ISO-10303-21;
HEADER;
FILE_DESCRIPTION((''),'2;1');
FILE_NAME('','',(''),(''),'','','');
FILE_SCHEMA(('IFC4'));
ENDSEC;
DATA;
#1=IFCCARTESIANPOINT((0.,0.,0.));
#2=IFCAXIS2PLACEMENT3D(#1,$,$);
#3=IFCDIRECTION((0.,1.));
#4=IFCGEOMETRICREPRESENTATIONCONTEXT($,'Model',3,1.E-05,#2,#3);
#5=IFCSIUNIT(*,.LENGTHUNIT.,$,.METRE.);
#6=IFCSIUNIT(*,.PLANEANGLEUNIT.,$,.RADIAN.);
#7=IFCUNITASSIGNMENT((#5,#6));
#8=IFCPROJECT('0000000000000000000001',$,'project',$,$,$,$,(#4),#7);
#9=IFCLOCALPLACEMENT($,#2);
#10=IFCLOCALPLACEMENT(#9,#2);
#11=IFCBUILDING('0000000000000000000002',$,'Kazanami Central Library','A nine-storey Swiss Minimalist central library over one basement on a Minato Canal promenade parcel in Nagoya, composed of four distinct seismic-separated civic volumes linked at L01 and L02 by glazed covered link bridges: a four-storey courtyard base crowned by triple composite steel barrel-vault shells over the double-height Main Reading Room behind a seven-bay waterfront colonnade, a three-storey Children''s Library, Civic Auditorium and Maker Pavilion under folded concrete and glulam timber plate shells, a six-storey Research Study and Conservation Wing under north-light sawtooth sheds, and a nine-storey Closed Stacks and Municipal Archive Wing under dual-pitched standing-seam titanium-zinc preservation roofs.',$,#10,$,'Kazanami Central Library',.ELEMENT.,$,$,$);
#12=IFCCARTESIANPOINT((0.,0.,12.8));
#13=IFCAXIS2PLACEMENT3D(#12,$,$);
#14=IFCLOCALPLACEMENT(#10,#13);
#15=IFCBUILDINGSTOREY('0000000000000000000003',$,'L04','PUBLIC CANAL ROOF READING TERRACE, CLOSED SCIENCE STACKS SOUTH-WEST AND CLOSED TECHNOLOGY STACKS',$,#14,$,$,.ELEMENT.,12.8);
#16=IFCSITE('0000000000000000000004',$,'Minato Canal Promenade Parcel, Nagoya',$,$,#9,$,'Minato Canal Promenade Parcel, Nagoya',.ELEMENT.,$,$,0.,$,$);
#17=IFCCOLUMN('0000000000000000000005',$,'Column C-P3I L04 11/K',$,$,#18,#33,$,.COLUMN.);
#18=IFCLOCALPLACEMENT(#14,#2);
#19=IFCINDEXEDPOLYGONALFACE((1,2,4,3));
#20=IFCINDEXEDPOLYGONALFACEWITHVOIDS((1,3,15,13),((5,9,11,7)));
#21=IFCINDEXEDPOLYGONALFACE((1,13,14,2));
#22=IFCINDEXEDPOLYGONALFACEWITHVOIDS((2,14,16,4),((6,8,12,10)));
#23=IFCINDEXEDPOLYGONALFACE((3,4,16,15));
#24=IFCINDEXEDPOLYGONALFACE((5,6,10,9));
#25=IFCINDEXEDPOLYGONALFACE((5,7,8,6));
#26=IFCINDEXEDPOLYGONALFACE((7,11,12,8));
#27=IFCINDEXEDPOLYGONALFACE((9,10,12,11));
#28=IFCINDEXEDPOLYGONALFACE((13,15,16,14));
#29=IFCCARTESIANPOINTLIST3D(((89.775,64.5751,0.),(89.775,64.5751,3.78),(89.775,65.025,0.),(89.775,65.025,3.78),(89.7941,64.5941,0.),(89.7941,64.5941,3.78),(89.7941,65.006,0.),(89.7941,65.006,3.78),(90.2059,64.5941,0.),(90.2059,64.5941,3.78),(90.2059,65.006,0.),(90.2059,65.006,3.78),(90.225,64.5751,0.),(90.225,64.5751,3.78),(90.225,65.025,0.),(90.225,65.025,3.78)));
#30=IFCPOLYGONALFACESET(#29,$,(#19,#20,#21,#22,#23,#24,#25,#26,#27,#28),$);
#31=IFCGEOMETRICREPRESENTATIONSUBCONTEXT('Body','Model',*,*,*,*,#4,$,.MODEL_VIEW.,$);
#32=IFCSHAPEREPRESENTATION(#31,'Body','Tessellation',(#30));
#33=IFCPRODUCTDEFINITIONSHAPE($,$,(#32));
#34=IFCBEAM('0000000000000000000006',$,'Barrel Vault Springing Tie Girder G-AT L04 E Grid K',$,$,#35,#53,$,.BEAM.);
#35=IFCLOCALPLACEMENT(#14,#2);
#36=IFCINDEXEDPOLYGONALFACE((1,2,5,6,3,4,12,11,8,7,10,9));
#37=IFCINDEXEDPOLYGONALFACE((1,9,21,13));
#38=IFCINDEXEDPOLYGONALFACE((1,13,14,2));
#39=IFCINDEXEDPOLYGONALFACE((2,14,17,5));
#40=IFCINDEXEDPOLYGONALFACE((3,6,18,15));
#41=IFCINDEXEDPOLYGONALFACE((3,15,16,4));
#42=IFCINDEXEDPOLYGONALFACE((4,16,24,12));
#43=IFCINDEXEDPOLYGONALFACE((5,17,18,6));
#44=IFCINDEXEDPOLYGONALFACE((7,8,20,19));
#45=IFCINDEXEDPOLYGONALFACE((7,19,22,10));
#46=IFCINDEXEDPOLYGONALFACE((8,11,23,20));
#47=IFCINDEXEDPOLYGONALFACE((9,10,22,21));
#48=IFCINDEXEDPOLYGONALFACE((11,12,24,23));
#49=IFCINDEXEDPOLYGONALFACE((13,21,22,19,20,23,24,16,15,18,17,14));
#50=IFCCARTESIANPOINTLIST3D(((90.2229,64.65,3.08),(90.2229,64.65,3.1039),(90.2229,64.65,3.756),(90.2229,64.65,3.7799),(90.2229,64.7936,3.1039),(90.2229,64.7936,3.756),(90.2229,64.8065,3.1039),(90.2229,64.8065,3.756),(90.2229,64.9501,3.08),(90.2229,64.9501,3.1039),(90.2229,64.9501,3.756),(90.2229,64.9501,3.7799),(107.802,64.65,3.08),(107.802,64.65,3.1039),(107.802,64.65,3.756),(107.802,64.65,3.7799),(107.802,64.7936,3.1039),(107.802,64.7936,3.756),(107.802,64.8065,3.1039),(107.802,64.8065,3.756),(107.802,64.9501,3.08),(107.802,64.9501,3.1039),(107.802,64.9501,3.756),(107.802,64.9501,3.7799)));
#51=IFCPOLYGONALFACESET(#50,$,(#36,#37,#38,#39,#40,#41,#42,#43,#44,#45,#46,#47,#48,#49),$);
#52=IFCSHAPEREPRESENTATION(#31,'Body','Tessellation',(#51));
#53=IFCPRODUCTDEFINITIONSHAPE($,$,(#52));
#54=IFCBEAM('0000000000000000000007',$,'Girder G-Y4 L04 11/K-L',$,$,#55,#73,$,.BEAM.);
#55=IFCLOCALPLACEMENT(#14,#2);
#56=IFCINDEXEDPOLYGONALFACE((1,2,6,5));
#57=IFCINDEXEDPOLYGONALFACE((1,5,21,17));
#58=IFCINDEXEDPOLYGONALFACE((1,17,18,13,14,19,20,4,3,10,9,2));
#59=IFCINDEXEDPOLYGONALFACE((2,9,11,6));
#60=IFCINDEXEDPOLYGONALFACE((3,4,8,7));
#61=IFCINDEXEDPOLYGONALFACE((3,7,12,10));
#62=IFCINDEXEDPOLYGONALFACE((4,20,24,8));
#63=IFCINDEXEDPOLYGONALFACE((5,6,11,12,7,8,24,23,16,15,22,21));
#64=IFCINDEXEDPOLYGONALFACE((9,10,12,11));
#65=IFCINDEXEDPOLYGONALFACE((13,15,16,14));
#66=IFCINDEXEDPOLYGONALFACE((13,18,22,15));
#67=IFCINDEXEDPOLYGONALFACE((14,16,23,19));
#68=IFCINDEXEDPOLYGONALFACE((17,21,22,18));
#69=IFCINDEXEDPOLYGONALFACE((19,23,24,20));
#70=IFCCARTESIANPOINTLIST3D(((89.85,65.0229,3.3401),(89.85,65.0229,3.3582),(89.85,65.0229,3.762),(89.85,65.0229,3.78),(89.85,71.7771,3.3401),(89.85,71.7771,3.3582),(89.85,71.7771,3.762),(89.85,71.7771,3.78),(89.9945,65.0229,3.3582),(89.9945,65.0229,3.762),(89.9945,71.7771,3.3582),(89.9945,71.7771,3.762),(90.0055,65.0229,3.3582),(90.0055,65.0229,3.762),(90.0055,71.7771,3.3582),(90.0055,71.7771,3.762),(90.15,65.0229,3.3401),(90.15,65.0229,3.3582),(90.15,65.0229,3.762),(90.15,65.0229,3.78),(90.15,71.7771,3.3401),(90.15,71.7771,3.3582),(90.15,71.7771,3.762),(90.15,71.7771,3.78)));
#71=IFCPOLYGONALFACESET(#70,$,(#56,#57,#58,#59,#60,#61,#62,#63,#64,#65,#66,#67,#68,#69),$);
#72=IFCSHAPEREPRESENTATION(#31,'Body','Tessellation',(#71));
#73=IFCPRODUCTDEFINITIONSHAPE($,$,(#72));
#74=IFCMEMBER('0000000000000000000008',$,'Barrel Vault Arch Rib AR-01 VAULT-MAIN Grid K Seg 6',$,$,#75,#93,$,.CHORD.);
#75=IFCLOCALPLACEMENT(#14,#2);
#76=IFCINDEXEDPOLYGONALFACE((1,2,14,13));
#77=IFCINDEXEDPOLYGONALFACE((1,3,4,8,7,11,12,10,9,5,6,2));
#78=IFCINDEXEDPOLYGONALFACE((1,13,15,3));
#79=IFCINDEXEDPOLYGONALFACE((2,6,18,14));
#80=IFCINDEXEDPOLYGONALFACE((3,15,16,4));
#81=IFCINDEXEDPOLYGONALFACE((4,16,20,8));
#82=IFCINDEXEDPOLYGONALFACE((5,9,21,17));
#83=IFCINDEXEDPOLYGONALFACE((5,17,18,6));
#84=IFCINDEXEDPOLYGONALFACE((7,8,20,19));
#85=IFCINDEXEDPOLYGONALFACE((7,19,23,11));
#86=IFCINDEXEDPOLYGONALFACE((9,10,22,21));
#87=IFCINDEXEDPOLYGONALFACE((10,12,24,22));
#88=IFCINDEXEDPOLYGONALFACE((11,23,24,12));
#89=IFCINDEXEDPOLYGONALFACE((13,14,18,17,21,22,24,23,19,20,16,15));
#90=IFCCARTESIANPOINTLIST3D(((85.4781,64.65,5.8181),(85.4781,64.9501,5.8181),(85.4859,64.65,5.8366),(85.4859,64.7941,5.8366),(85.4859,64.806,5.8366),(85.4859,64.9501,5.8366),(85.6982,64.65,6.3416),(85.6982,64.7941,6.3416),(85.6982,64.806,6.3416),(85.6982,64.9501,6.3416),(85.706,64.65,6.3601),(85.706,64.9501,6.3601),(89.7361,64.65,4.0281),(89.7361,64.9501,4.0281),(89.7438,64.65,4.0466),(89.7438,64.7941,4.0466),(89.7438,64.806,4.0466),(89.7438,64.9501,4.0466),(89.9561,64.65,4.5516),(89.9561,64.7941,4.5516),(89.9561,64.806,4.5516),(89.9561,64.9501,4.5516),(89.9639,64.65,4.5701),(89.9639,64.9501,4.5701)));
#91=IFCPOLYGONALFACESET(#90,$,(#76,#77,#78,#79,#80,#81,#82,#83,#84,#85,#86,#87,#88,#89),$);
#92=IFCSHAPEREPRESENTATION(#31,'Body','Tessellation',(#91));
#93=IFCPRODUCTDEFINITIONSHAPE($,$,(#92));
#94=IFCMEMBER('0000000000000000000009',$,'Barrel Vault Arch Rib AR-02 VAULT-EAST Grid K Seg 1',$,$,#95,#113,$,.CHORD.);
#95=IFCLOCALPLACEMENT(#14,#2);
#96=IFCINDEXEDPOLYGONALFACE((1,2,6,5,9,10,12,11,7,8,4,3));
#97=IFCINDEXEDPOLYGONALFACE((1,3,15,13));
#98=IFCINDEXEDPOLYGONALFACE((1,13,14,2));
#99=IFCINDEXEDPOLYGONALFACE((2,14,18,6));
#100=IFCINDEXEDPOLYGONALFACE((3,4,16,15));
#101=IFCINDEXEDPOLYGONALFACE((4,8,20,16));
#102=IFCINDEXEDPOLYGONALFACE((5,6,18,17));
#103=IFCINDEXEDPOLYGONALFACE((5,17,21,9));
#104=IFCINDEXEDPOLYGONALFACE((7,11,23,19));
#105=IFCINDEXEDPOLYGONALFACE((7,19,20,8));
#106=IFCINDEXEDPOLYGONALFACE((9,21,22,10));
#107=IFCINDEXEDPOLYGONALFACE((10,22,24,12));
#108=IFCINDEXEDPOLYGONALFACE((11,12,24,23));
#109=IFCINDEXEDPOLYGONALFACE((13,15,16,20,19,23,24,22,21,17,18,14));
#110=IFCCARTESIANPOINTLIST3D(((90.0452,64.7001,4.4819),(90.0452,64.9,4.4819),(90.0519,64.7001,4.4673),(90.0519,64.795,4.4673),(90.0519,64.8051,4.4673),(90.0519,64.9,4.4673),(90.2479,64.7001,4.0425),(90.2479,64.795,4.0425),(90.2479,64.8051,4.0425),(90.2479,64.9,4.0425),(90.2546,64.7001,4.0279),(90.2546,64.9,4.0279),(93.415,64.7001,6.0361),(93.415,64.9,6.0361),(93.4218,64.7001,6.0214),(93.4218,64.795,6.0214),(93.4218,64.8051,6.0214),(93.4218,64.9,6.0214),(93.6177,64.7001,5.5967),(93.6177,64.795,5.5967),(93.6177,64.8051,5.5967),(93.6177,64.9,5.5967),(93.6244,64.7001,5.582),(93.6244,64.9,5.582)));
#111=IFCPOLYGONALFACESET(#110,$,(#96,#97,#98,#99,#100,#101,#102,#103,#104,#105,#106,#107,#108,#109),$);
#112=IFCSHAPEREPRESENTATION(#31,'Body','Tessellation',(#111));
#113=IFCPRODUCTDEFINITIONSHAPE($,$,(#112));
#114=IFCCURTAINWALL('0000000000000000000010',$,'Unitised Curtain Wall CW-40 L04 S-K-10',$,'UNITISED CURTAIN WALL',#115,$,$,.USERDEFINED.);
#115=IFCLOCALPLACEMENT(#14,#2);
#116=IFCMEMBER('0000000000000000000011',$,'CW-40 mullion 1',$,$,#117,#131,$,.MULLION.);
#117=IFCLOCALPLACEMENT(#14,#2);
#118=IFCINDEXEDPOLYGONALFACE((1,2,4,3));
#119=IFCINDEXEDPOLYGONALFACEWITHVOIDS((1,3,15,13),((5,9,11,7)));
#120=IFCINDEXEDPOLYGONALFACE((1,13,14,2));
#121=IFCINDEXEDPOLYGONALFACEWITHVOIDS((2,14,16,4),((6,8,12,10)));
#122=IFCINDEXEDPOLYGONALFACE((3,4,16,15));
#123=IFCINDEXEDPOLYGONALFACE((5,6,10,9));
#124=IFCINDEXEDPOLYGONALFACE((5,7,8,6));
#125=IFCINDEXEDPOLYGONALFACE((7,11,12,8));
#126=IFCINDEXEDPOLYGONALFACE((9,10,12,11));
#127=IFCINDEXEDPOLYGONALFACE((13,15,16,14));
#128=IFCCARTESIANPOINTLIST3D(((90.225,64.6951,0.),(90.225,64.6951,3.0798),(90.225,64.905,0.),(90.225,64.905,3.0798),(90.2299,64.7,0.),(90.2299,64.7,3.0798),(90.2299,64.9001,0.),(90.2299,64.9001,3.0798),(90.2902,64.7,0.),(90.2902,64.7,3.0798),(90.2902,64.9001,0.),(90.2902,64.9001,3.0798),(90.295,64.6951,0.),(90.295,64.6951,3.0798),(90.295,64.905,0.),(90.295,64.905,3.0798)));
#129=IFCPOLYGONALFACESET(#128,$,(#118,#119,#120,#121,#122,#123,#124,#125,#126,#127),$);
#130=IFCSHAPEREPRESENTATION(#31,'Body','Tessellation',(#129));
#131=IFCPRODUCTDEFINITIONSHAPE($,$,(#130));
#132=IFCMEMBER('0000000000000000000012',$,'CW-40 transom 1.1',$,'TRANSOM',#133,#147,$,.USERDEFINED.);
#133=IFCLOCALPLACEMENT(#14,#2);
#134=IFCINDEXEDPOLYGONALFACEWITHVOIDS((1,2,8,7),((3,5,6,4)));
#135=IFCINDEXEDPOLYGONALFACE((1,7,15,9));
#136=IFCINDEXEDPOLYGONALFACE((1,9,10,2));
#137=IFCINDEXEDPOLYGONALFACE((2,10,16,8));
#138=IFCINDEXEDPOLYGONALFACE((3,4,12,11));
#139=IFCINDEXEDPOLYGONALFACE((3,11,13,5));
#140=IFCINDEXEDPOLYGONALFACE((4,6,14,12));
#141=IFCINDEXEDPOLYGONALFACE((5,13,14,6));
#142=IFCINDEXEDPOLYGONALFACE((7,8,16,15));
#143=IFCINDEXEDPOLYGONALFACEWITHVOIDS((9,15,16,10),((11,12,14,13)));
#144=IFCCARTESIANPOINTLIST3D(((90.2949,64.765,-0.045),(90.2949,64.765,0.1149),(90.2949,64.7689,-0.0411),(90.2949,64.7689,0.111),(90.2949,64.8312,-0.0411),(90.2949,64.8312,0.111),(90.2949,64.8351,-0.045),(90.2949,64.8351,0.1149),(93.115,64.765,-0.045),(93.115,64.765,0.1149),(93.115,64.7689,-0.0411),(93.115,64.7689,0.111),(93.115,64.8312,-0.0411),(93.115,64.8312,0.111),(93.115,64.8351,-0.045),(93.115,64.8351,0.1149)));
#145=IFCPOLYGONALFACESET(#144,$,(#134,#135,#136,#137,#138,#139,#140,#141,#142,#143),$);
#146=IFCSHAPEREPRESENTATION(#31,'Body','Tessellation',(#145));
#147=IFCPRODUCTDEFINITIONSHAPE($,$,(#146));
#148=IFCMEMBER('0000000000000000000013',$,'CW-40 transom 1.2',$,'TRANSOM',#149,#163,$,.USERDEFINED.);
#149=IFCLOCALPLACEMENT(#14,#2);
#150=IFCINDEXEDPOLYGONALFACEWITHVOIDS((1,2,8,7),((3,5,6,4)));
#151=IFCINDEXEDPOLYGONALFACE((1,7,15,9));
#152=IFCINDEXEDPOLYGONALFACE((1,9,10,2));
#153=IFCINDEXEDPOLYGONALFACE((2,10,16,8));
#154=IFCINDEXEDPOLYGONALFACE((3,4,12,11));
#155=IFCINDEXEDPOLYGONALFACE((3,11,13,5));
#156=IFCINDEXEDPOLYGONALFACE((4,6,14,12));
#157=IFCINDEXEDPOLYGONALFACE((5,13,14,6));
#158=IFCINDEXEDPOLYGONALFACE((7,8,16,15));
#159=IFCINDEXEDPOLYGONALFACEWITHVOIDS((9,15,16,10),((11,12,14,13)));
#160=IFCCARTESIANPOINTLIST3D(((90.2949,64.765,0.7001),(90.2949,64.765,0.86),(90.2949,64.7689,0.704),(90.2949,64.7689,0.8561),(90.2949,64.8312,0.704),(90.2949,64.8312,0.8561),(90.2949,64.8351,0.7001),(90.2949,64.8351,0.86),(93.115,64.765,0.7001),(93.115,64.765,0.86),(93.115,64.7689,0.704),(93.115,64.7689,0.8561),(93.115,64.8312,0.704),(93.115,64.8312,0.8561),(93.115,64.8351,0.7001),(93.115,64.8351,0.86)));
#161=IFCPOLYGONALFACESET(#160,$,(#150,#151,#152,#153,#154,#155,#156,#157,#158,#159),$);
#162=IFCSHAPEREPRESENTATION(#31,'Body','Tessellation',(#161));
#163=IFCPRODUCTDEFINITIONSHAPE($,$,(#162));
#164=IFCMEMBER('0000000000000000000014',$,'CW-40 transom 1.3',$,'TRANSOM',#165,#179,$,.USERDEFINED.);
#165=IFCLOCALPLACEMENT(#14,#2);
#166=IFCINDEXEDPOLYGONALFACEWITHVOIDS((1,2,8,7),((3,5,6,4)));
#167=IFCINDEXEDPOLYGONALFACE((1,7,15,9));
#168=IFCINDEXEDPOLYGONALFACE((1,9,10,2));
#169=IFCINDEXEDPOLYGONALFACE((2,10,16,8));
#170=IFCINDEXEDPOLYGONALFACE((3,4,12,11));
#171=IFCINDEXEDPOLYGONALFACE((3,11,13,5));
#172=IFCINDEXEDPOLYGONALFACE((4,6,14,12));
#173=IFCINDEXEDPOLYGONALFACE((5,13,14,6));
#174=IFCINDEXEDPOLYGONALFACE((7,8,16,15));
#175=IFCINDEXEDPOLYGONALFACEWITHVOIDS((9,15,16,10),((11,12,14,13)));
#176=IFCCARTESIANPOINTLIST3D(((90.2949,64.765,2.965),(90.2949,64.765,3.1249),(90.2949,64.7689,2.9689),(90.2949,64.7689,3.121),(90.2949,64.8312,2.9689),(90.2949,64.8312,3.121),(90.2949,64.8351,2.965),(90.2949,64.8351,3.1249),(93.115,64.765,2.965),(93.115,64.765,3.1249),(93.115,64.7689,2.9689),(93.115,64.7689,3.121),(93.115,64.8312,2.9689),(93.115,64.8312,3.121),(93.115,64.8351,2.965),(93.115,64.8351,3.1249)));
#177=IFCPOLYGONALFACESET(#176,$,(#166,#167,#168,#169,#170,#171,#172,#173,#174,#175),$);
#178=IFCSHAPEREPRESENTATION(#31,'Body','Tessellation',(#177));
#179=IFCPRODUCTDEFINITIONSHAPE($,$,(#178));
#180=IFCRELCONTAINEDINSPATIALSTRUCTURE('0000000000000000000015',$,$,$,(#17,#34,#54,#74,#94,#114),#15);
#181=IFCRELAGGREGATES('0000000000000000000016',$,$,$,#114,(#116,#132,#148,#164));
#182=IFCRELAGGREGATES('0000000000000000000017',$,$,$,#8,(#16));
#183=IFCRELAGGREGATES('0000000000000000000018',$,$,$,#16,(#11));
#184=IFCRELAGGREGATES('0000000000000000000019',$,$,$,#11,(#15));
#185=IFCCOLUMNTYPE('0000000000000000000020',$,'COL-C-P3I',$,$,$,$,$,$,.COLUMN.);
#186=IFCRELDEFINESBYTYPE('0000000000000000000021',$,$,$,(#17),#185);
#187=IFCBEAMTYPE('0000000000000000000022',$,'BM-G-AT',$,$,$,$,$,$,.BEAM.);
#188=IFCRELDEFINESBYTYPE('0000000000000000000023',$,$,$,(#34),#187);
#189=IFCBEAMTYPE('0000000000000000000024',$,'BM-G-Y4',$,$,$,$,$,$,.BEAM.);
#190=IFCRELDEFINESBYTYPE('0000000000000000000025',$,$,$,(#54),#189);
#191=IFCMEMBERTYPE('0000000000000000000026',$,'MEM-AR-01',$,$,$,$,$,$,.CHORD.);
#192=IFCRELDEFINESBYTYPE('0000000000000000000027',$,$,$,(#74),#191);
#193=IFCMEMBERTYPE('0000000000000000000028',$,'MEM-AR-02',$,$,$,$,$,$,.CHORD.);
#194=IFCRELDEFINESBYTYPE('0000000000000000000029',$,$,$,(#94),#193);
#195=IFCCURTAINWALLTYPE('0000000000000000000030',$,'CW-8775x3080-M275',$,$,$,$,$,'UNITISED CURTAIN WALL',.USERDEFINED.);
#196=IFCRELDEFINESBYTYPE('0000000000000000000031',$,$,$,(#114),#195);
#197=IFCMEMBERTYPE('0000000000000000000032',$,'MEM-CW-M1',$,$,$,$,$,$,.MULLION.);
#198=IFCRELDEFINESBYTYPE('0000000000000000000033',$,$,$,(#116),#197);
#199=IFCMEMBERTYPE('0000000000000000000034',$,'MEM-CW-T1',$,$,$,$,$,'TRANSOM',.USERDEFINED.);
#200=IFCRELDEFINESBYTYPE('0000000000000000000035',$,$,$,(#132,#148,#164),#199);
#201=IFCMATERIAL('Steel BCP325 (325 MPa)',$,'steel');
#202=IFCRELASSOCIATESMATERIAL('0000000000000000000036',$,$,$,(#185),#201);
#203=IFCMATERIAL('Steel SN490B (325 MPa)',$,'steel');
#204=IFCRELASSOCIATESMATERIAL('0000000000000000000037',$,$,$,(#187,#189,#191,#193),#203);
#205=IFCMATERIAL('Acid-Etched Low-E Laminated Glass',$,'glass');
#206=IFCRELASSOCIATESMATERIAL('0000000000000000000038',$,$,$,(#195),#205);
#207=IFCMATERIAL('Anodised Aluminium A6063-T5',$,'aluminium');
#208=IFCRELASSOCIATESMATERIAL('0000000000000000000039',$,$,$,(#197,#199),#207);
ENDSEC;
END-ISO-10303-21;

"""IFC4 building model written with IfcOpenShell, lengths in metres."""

from ifc_helpers import new_model, si_unit, direction, frame, origin, origin_2d, place, context, subcontext, project, spatial, hollow_rectangle, i_section, extrude, material, material_profile, profile_set, type_object, element, aggregate, save


model = new_model("IFC4")

# Units and contexts
model_context = context("Model", 3, precision=1e-05, world=origin(), true_north=direction((0.0, 1.0)))
body_context = subcontext(model_context, "Body", "Model", "MODEL_VIEW")
ifc_project = project(units=[si_unit("LENGTHUNIT", "METRE"), si_unit("PLANEANGLEUNIT", "RADIAN")], contexts=[model_context])

# Site, building, storey
site_placement = place(None, origin())
site = spatial("IfcSite", under=ifc_project, at=site_placement, Name="Minato Canal Promenade Parcel, Nagoya", LongName="Minato Canal Promenade Parcel, Nagoya", CompositionType="ELEMENT", RefElevation=0.0)
building_placement = place(site_placement, origin())
building = spatial("IfcBuilding", under=site, at=building_placement, Name="Kazanami Central Library", Description="A nine-storey Swiss Minimalist central library over one basement on a Minato Canal promenade parcel in Nagoya, composed of four distinct seismic-separated civic volumes linked at L01 and L02 by glazed covered link bridges: a four-storey courtyard base crowned by triple composite steel barrel-vault shells over the double-height Main Reading Room behind a seven-bay waterfront colonnade, a three-storey Children's Library, Civic Auditorium and Maker Pavilion under folded concrete and glulam timber plate shells, a six-storey Research Study and Conservation Wing under north-light sawtooth sheds, and a nine-storey Closed Stacks and Municipal Archive Wing under dual-pitched standing-seam titanium-zinc preservation roofs.", LongName="Kazanami Central Library", CompositionType="ELEMENT")
storey_placement = place(building_placement, frame((0.0, 0.0, 12.8)))
storey = spatial("IfcBuildingStorey", under=building, at=storey_placement, Name="L04", Description="PUBLIC CANAL ROOF READING TERRACE, CLOSED SCIENCE STACKS SOUTH-WEST AND CLOSED TECHNOLOGY STACKS", CompositionType="ELEMENT", Elevation=12.8)

# Column
ifc_material_1 = material(Name="Steel BCP325 (325 MPa)", Category="steel")
ifc_material_profile_1 = material_profile(ifc_material_1, hollow_rectangle(XDim=0.45, YDim=0.45, WallThickness=0.019, at=origin_2d()), Name="BCP-450x450x19")
ifc_profile_set_1 = profile_set([ifc_material_profile_1], Name="Steel BCP325 (325 MPa)")
column_type = type_object("IfcColumnType", Name="COL-C-P3I", PredefinedType="COLUMN", material=ifc_profile_set_1)
column_placement = place(storey_placement, frame((90.0, 64.8, 0.0), z_axis=(0.0, 0.0, 1.0), x_axis=(1.0, 0.0, 0.0)))
element("IfcColumn", 1, at=column_placement, inside=storey, type_object=column_type, Name="Column C-P3I L04 11/K", PredefinedType="COLUMN", context=body_context, shape_type="SweptSolid", body=[
    extrude(hollow_rectangle(XDim=0.45, YDim=0.45, WallThickness=0.019, at=origin_2d()), origin(), (0.0, 0.0, 1.0), 3.78),
])

# Beams
ifc_material_2 = material(Name="Steel SN490B (325 MPa)", Category="steel")
ifc_material_profile_2 = material_profile(ifc_material_2, i_section(OverallWidth=0.3, OverallDepth=0.7, WebThickness=0.0129, FlangeThickness=0.0239, at=origin_2d()), Name="H-700x300x13x24")
ifc_profile_set_2 = profile_set([ifc_material_profile_2], Name="Steel SN490B (325 MPa)")
beam_type_1 = type_object("IfcBeamType", Name="BM-G-AT", PredefinedType="BEAM", material=ifc_profile_set_2)
beam_1_placement = place(storey_placement, frame((90.2229, 64.8, 3.4299), z_axis=(1.0, 0.0, 0.0), x_axis=(0.0, 1.0, 0.0)))
element("IfcBeam", 2, at=beam_1_placement, inside=storey, type_object=beam_type_1, Name="Barrel Vault Springing Tie Girder G-AT L04 E Grid K", PredefinedType="BEAM", context=body_context, shape_type="SweptSolid", body=[
    extrude(i_section(OverallWidth=0.3, OverallDepth=0.7, WebThickness=0.0129, FlangeThickness=0.0239, at=origin_2d()), origin(), (0.0, 0.0, 1.0), 17.5791),
])
ifc_material_profile_3 = material_profile(ifc_material_2, i_section(OverallWidth=0.3, OverallDepth=0.4399, WebThickness=0.011, FlangeThickness=0.0181, at=origin_2d()), Name="H-440x300x11x18")
ifc_profile_set_3 = profile_set([ifc_material_profile_3], Name="Steel SN490B (325 MPa)")
beam_type_2 = type_object("IfcBeamType", Name="BM-G-Y4", PredefinedType="BEAM", material=ifc_profile_set_3)
beam_2_placement = place(storey_placement, frame((90.0, 65.0229, 3.5601), z_axis=(0.0, 1.0, 0.0), x_axis=(-1.0, 0.0, 0.0)))
element("IfcBeam", 3, at=beam_2_placement, inside=storey, type_object=beam_type_2, Name="Girder G-Y4 L04 11/K-L", PredefinedType="BEAM", context=body_context, shape_type="SweptSolid", body=[
    extrude(i_section(OverallWidth=0.3, OverallDepth=0.4399, WebThickness=0.011, FlangeThickness=0.0181, at=origin_2d()), origin(), (0.0, 0.0, 1.0), 6.7542),
])

# Members
ifc_material_profile_4 = material_profile(ifc_material_2, i_section(OverallWidth=0.3, OverallDepth=0.5879, WebThickness=0.012, FlangeThickness=0.02, at=origin_2d()), Name="H-588x300x12x20")
ifc_profile_set_4 = profile_set([ifc_material_profile_4], Name="Steel SN490B (325 MPa)")
member_type_1 = type_object("IfcMemberType", Name="MEM-AR-01", PredefinedType="CHORD", material=ifc_profile_set_4)
member_1_placement = place(storey_placement, frame((85.592, 64.8, 6.0891), z_axis=(0.921854, 0.0, -0.387537), x_axis=(0.0, 1.0, 0.0)))
element("IfcMember", 4, at=member_1_placement, inside=storey, type_object=member_type_1, Name="Barrel Vault Arch Rib AR-01 VAULT-MAIN Grid K Seg 6", PredefinedType="CHORD", context=body_context, shape_type="SweptSolid", body=[
    extrude(i_section(OverallWidth=0.3, OverallDepth=0.5879, WebThickness=0.012, FlangeThickness=0.02, at=origin_2d()), origin(), (0.0, 0.0, 1.0), 4.6189),
])
ifc_material_profile_5 = material_profile(ifc_material_2, i_section(OverallWidth=0.2, OverallDepth=0.5, WebThickness=0.01, FlangeThickness=0.0161, at=origin_2d()), Name="H-500x200x10x16")
ifc_profile_set_5 = profile_set([ifc_material_profile_5], Name="Steel SN490B (325 MPa)")
member_type_2 = type_object("IfcMemberType", Name="MEM-AR-02", PredefinedType="CHORD", material=ifc_profile_set_5)
member_2_placement = place(storey_placement, frame((90.1499, 64.8, 4.2549), z_axis=(0.908075, 0.0, 0.418808), x_axis=(0.0, 1.0, 0.0)))
element("IfcMember", 5, at=member_2_placement, inside=storey, type_object=member_type_2, Name="Barrel Vault Arch Rib AR-02 VAULT-EAST Grid K Seg 1", PredefinedType="CHORD", context=body_context, shape_type="SweptSolid", body=[
    extrude(i_section(OverallWidth=0.2, OverallDepth=0.5, WebThickness=0.01, FlangeThickness=0.0161, at=origin_2d()), origin(), (0.0, 0.0, 1.0), 3.7109),
])

# Curtain wall, members
ifc_material_3 = material(Name="Acid-Etched Low-E Laminated Glass", Category="glass")
curtain_wall_type = type_object("IfcCurtainWallType", Name="CW-8775x3080-M275", ElementType="UNITISED CURTAIN WALL", PredefinedType="USERDEFINED", material=ifc_material_3)
curtain_wall_placement = place(storey_placement, origin())
curtain_wall = element("IfcCurtainWall", 6, at=curtain_wall_placement, inside=storey, type_object=curtain_wall_type, Name="Unitised Curtain Wall CW-40 L04 S-K-10", ObjectType="UNITISED CURTAIN WALL", PredefinedType="USERDEFINED")
ifc_material_4 = material(Name="Anodised Aluminium A6063-T5", Category="aluminium")
ifc_material_profile_6 = material_profile(ifc_material_4, hollow_rectangle(XDim=0.0701, YDim=0.21, WallThickness=0.0049, at=origin_2d()), Name="ALU-MULL-70x210x5")
ifc_profile_set_6 = profile_set([ifc_material_profile_6], Name="Anodised Aluminium A6063-T5")
member_type_3 = type_object("IfcMemberType", Name="MEM-CW-M1", PredefinedType="MULLION", material=ifc_profile_set_6)
member_3_placement = place(storey_placement, frame((90.26, 64.8, 0.0), z_axis=(0.0, 0.0, 1.0), x_axis=(1.0, 0.0, 0.0)))
member_3 = element("IfcMember", 7, at=member_3_placement, type_object=member_type_3, Name="CW-40 mullion 1", PredefinedType="MULLION", context=body_context, shape_type="SweptSolid", body=[
    extrude(hollow_rectangle(XDim=0.0701, YDim=0.21, WallThickness=0.0049, at=origin_2d()), origin(), (0.0, 0.0, 1.0), 3.0798),
])
ifc_material_profile_7 = material_profile(ifc_material_4, hollow_rectangle(XDim=0.0701, YDim=0.1599, WallThickness=0.0039, at=origin_2d()), Name="ALU-TRAN-70x160x4")
ifc_profile_set_7 = profile_set([ifc_material_profile_7], Name="Anodised Aluminium A6063-T5")
member_type_4 = type_object("IfcMemberType", Name="MEM-CW-T1", ElementType="TRANSOM", PredefinedType="USERDEFINED", material=ifc_profile_set_7)
member_4_placement = place(storey_placement, frame((90.2949, 64.8, 0.0349), z_axis=(1.0, 0.0, 0.0), x_axis=(0.0, 1.0, 0.0)))
member_4 = element("IfcMember", 8, at=member_4_placement, type_object=member_type_4, Name="CW-40 transom 1.1", ObjectType="TRANSOM", PredefinedType="USERDEFINED", context=body_context, shape_type="SweptSolid", body=[
    extrude(hollow_rectangle(XDim=0.0701, YDim=0.1599, WallThickness=0.0039, at=origin_2d()), origin(), (0.0, 0.0, 1.0), 2.8201),
])
member_5_placement = place(storey_placement, frame((90.2949, 64.8, 0.78), z_axis=(1.0, 0.0, 0.0), x_axis=(0.0, 1.0, 0.0)))
member_5 = element("IfcMember", 9, at=member_5_placement, type_object=member_type_4, Name="CW-40 transom 1.2", ObjectType="TRANSOM", PredefinedType="USERDEFINED", context=body_context, shape_type="SweptSolid", body=[
    extrude(hollow_rectangle(XDim=0.0701, YDim=0.1599, WallThickness=0.0039, at=origin_2d()), origin(), (0.0, 0.0, 1.0), 2.8201),
])
member_6_placement = place(storey_placement, frame((90.2949, 64.8, 3.0449), z_axis=(1.0, 0.0, 0.0), x_axis=(0.0, 1.0, 0.0)))
member_6 = element("IfcMember", 10, at=member_6_placement, type_object=member_type_4, Name="CW-40 transom 1.3", ObjectType="TRANSOM", PredefinedType="USERDEFINED", context=body_context, shape_type="SweptSolid", body=[
    extrude(hollow_rectangle(XDim=0.0701, YDim=0.1599, WallThickness=0.0039, at=origin_2d()), origin(), (0.0, 0.0, 1.0), 2.8201),
])

aggregate(curtain_wall, [member_3, member_4, member_5, member_6])

save(model, "model.ifc")
